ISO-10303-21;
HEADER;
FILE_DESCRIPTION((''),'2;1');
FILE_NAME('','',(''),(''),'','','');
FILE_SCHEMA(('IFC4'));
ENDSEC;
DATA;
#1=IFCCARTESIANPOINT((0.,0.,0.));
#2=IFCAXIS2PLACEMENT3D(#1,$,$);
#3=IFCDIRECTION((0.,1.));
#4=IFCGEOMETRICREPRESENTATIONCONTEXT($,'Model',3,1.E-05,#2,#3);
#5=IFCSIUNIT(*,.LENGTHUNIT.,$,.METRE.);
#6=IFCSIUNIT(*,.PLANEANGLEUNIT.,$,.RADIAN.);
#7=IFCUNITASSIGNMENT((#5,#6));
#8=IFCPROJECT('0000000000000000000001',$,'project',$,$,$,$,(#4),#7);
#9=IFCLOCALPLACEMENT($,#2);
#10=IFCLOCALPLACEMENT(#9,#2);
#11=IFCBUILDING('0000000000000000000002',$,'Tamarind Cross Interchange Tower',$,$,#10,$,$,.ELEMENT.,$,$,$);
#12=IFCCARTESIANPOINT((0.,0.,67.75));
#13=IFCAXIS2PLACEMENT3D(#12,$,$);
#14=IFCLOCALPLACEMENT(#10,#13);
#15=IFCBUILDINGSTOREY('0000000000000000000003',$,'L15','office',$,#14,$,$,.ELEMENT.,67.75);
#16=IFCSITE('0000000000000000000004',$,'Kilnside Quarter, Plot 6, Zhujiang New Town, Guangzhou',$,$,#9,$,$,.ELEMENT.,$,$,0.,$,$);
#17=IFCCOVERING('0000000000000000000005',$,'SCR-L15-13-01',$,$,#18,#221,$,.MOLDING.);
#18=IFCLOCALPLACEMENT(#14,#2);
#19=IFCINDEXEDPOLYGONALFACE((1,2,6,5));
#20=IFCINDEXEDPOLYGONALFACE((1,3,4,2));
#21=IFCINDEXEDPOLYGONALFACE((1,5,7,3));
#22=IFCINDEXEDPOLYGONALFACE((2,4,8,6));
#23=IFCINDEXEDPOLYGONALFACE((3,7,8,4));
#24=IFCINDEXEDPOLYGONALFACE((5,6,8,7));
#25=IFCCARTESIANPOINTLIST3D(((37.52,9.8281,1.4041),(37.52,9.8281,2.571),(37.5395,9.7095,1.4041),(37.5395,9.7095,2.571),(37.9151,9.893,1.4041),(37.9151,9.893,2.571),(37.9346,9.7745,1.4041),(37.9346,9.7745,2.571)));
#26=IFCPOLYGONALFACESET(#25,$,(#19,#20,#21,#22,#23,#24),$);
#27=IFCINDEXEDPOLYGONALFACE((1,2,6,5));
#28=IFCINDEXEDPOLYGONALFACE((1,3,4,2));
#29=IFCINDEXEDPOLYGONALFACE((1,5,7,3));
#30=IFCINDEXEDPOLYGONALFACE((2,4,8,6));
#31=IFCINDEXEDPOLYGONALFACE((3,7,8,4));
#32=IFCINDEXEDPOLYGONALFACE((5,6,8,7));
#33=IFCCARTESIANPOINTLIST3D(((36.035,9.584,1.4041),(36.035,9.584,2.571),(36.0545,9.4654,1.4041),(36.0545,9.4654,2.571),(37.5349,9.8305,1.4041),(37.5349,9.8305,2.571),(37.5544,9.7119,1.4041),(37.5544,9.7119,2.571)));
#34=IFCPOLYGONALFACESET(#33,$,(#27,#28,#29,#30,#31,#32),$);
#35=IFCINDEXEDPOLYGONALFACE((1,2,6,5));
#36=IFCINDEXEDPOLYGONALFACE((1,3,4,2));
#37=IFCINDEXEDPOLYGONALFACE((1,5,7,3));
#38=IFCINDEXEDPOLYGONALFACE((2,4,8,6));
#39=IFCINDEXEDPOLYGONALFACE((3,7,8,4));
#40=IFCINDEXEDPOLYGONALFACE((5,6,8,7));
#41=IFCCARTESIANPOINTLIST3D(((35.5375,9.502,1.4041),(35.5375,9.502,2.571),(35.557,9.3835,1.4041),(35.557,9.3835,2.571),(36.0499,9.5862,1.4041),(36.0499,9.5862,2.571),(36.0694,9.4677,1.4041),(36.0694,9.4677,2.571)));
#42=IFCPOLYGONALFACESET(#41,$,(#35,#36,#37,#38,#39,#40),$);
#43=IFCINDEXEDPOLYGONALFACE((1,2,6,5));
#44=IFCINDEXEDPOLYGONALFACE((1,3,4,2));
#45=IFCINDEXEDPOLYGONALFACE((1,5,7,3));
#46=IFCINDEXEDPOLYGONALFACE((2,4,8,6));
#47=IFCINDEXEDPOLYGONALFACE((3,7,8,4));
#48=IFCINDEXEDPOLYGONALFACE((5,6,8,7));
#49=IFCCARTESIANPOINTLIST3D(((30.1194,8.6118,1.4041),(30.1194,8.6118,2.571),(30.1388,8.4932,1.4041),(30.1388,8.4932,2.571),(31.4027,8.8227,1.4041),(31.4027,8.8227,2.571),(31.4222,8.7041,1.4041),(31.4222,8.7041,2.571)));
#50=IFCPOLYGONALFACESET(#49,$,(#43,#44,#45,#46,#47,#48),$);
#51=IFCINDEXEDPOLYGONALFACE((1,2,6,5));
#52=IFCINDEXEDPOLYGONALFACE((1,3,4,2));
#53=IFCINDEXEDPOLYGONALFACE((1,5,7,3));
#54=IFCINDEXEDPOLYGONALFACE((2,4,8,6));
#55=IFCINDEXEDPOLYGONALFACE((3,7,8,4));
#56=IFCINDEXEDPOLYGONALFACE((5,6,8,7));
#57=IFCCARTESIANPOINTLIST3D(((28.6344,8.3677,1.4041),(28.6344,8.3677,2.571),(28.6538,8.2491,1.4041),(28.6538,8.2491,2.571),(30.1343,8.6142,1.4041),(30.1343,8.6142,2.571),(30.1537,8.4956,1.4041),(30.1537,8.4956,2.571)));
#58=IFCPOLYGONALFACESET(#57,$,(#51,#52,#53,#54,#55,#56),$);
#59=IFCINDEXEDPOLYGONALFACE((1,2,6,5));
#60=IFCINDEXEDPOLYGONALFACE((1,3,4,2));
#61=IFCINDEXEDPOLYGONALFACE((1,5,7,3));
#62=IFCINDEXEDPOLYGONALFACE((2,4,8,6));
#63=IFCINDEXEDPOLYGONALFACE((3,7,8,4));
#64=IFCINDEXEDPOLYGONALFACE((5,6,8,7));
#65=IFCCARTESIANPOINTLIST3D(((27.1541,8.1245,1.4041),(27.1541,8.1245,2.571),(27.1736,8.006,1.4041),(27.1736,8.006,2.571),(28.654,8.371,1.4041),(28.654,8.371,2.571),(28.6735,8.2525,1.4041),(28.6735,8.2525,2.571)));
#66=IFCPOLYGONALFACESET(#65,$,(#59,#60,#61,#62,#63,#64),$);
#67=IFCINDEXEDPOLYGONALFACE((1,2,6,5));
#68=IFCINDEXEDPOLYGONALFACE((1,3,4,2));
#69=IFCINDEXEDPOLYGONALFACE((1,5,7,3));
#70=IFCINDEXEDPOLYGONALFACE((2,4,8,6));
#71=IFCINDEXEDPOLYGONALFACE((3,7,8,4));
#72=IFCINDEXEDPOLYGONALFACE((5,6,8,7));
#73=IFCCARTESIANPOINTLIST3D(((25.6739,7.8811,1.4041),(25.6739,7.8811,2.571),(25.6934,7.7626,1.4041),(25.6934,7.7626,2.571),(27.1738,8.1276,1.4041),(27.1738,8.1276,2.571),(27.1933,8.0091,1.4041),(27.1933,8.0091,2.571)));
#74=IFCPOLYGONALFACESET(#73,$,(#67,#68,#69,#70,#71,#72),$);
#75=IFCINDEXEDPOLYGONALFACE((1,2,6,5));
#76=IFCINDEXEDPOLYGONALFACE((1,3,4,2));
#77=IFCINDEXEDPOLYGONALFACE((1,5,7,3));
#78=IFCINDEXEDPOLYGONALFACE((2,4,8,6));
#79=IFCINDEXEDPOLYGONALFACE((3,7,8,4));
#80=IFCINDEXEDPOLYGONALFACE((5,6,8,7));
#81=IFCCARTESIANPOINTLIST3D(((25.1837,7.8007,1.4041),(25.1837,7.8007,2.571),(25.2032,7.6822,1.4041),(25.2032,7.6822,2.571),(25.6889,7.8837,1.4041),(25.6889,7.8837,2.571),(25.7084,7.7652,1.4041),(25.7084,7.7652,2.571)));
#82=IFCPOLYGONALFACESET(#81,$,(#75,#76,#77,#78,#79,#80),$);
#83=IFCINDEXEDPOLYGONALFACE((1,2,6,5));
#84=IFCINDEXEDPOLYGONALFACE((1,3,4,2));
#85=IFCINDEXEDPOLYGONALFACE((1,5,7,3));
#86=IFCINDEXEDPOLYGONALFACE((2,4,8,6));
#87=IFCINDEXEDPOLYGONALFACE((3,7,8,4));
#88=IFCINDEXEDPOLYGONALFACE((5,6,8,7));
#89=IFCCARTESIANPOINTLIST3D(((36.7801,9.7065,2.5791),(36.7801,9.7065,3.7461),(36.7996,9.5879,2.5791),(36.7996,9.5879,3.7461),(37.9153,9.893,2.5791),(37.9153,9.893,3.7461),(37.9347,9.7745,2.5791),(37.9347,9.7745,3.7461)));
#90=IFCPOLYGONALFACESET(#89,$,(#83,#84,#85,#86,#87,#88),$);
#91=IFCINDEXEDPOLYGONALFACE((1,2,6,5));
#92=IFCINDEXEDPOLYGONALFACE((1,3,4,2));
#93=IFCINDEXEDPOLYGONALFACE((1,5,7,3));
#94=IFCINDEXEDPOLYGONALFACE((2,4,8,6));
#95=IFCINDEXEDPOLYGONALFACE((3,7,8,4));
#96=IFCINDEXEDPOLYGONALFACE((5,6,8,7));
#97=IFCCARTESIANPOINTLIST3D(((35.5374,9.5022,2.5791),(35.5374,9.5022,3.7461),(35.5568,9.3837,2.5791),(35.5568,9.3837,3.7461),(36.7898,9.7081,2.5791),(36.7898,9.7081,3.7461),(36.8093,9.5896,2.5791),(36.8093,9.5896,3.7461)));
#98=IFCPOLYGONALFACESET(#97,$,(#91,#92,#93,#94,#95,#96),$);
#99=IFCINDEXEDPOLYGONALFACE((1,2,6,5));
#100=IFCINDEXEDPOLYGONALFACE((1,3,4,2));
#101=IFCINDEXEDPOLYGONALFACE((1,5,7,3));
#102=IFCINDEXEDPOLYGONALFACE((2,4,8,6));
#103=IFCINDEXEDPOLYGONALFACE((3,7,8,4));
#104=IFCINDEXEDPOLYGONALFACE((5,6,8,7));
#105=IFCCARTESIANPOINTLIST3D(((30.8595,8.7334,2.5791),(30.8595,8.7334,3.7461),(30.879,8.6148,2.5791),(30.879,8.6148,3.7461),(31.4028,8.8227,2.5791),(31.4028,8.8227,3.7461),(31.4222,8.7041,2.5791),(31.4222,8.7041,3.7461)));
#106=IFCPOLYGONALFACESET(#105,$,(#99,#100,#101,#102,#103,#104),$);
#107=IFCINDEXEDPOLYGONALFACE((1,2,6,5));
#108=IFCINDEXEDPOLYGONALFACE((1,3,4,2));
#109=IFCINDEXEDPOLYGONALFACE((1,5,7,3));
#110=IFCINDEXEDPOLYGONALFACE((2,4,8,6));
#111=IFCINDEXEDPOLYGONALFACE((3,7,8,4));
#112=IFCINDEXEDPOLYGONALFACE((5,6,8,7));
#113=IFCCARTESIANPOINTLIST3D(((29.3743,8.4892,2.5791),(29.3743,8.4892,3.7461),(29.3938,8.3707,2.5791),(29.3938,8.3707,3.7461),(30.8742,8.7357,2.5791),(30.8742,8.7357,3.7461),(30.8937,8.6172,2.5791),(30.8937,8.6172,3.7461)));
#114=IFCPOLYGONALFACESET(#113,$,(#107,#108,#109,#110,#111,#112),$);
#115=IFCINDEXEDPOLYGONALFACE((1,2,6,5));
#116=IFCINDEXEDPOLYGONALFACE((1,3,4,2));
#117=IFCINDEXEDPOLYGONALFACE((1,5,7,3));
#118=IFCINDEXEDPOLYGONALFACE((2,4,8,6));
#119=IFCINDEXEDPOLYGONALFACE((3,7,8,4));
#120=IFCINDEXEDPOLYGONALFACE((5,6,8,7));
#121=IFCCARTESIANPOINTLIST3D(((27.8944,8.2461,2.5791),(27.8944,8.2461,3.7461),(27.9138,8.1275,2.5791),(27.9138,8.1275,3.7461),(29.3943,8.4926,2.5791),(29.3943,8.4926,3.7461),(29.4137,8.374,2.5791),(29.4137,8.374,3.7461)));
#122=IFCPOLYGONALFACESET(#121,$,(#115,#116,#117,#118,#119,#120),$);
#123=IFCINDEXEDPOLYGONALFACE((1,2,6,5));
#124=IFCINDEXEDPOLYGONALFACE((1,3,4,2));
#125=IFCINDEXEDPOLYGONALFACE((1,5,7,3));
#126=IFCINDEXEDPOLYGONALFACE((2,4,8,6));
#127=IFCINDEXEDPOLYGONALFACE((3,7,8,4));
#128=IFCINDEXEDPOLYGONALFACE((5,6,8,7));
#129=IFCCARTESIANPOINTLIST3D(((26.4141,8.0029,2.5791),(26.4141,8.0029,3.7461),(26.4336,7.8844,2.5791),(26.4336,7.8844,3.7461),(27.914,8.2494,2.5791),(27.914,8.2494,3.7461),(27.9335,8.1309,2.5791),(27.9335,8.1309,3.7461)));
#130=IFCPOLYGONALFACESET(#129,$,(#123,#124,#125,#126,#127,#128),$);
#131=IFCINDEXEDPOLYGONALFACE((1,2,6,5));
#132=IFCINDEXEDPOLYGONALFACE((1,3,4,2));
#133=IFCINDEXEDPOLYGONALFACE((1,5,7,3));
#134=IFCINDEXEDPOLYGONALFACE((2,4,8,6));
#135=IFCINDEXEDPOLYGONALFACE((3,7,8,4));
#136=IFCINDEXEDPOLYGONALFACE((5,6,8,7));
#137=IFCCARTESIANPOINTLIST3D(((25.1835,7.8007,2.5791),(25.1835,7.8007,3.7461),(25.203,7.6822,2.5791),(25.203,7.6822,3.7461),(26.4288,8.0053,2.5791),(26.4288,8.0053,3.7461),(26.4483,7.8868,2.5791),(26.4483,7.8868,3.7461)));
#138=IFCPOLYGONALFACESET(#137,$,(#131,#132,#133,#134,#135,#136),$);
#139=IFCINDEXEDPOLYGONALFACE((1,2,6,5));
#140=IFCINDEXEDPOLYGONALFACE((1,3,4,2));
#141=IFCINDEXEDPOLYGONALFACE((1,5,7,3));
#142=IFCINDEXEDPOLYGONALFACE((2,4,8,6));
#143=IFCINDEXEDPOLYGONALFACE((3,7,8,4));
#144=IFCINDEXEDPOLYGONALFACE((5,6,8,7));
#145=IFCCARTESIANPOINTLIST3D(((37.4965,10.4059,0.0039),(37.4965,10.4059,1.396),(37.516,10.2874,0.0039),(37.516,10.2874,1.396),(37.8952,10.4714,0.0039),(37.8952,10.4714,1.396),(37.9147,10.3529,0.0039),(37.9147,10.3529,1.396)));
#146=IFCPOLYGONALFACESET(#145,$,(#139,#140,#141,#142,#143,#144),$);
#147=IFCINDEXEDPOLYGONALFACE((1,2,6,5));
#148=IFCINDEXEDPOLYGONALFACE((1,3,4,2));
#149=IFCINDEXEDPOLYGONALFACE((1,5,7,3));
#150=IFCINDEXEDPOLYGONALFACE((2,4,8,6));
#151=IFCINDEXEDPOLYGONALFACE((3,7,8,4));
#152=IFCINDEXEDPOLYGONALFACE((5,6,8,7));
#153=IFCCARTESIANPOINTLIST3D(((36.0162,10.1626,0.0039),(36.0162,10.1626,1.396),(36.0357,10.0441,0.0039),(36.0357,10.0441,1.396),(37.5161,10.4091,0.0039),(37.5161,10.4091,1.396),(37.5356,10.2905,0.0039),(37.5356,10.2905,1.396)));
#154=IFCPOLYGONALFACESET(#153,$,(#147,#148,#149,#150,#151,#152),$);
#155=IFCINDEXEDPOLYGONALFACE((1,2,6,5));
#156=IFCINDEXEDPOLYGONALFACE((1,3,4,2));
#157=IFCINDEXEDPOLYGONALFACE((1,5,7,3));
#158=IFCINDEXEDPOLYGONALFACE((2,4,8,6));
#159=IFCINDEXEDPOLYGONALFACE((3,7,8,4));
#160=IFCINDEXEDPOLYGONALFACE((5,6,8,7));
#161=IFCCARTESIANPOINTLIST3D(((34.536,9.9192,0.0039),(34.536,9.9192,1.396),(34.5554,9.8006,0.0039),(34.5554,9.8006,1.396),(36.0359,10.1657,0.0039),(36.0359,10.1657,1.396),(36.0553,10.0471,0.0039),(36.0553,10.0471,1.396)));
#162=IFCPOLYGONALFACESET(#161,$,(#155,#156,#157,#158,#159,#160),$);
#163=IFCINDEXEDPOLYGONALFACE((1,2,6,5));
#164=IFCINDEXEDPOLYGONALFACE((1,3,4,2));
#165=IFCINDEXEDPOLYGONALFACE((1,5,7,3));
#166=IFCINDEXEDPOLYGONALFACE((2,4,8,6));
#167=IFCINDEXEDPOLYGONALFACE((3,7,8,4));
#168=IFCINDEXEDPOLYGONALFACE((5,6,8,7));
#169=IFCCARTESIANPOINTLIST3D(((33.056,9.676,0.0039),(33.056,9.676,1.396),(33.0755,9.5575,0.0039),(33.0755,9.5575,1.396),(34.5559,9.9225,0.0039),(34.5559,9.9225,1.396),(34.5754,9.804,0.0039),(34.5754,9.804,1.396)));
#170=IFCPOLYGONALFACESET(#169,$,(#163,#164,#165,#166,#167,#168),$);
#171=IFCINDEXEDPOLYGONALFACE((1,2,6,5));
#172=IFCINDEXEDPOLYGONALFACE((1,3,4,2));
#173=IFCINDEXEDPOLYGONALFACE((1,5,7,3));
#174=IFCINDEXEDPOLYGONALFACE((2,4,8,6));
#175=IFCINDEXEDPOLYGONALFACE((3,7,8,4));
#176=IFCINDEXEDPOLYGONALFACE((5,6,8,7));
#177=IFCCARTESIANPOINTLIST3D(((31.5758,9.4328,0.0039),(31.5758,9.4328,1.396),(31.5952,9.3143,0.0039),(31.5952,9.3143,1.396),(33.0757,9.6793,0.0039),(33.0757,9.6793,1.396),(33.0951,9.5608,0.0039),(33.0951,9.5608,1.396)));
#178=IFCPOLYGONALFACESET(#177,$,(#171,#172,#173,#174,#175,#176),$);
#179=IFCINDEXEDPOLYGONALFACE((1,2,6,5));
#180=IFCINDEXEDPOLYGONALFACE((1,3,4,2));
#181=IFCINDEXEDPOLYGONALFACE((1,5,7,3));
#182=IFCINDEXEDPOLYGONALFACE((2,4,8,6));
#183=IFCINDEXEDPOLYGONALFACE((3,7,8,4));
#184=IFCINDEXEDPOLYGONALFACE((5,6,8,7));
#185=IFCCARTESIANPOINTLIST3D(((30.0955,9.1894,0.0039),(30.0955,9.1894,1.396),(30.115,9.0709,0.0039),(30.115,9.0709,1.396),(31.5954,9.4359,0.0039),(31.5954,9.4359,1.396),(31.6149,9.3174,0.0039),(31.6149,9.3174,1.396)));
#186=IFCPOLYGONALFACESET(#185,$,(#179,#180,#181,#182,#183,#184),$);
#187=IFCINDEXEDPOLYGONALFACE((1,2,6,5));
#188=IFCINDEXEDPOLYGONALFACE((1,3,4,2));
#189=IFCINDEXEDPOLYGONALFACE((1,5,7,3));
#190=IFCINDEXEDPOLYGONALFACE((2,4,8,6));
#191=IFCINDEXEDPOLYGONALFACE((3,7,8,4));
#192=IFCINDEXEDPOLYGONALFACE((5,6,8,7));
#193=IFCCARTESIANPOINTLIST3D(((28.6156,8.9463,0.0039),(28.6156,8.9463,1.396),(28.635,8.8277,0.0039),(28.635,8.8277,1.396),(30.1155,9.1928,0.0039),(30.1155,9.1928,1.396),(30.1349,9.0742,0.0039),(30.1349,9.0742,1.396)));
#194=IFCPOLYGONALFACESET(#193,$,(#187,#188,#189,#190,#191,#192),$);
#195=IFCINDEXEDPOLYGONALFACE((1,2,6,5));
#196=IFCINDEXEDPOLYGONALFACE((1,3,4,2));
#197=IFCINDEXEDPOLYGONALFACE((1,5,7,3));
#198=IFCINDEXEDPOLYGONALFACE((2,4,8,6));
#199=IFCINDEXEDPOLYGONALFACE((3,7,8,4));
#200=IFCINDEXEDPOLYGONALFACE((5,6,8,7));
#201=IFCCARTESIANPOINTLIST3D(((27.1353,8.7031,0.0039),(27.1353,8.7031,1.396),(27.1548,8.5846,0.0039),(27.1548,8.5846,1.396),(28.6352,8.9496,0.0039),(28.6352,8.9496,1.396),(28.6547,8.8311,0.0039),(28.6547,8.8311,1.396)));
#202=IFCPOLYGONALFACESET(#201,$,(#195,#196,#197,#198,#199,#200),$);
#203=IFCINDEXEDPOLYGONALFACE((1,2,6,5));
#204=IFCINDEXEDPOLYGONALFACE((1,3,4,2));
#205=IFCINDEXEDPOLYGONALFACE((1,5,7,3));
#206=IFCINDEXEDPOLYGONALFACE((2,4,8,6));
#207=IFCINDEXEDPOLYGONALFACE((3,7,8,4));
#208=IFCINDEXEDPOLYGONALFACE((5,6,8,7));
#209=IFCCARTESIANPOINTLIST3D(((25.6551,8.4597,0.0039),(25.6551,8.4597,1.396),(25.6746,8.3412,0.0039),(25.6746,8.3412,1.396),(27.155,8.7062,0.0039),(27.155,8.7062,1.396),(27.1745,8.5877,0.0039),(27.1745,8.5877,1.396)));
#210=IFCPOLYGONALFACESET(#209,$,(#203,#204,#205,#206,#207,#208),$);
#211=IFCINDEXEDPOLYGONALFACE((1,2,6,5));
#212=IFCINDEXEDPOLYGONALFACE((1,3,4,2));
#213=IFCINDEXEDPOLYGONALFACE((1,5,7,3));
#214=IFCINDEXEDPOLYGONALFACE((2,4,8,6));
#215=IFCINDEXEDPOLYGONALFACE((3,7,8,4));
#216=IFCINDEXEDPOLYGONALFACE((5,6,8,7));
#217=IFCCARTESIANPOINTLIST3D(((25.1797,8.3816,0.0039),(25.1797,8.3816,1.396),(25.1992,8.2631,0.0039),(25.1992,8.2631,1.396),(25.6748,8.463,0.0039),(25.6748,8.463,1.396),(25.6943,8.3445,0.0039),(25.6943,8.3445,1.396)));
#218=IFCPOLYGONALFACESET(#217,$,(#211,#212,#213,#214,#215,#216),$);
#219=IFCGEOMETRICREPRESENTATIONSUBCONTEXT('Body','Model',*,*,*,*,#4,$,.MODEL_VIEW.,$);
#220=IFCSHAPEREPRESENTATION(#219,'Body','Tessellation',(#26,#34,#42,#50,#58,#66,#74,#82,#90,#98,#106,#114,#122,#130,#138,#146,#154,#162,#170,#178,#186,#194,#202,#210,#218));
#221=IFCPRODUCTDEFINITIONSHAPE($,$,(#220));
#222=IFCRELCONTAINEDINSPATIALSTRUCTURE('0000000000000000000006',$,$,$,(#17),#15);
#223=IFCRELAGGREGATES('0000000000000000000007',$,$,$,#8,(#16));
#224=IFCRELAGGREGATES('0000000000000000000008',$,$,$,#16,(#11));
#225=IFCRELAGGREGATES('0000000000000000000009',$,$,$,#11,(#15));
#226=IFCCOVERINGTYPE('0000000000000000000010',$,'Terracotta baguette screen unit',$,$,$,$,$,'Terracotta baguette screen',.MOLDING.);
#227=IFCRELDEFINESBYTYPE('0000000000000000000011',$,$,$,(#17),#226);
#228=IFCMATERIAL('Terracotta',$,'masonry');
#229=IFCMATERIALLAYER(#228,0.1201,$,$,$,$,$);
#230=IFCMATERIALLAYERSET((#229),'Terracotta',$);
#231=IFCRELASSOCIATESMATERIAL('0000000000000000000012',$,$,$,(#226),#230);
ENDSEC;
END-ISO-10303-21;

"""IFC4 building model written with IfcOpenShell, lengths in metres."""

from ifc_helpers import new_model, si_unit, direction, frame, origin, origin_2d, place, context, subcontext, project, spatial, rectangle, extrude, material, layer, layer_set, type_object, element, save


model = new_model("IFC4")

# Units and contexts
model_context = context("Model", 3, precision=1e-05, world=origin(), true_north=direction((0.0, 1.0)))
body_context = subcontext(model_context, "Body", "Model", "MODEL_VIEW")
ifc_project = project(units=[si_unit("LENGTHUNIT", "METRE"), si_unit("PLANEANGLEUNIT", "RADIAN")], contexts=[model_context])

# Site, building, storey
site_placement = place(None, origin())
site = spatial("IfcSite", under=ifc_project, at=site_placement, Name="Kilnside Quarter, Plot 6, Zhujiang New Town, Guangzhou", CompositionType="ELEMENT", RefElevation=0.0)
building_placement = place(site_placement, origin())
building = spatial("IfcBuilding", under=site, at=building_placement, Name="Tamarind Cross Interchange Tower", CompositionType="ELEMENT")
storey_placement = place(building_placement, frame((0.0, 0.0, 67.75)))
storey = spatial("IfcBuildingStorey", under=building, at=storey_placement, Name="L15", Description="office", CompositionType="ELEMENT", Elevation=67.75)

# Covering
ifc_material_1 = material(Name="Terracotta", Category="masonry")
ifc_layer_1 = layer(ifc_material_1, 0.1201)
ifc_layer_set_1 = layer_set([ifc_layer_1], Name="Terracotta")
covering_type = type_object("IfcCoveringType", Name="Terracotta baguette screen unit", ElementType="Terracotta baguette screen", PredefinedType="MOLDING", material=ifc_layer_set_1)
covering_1_placement = place(storey_placement, origin())
element("IfcCovering", 1, at=covering_1_placement, inside=storey, type_object=covering_type, Name="SCR-L15-13-01", PredefinedType="MOLDING", context=body_context, shape_type="SweptSolid", body=[
    extrude(rectangle(XDim=0.4004, YDim=0.1201, at=origin_2d()), frame((37.7273, 9.8013, 1.4041), z_axis=(0.0, 0.0, 1.0), x_axis=(-0.986764, -0.162164, 0.0)), (0.0, 0.0, 1.0), 1.167),
    extrude(rectangle(XDim=1.52, YDim=0.1201, at=origin_2d()), frame((36.7947, 9.6479, 1.4041), z_axis=(0.0, 0.0, 1.0), x_axis=(-0.986764, -0.162164, 0.0)), (0.0, 0.0, 1.0), 1.167),
    extrude(rectangle(XDim=0.5193, YDim=0.1201, at=origin_2d()), frame((35.8035, 9.4849, 1.4041), z_axis=(0.0, 0.0, 1.0), x_axis=(-0.986764, -0.162164, 0.0)), (0.0, 0.0, 1.0), 1.167),
    extrude(rectangle(XDim=1.3005, YDim=0.1201, at=origin_2d()), frame((30.7708, 8.658, 1.4041), z_axis=(0.0, 0.0, 1.0), x_axis=(-0.986764, -0.162164, 0.0)), (0.0, 0.0, 1.0), 1.167),
    extrude(rectangle(XDim=1.52, YDim=0.1201, at=origin_2d()), frame((29.394, 8.4316, 1.4041), z_axis=(0.0, 0.0, 1.0), x_axis=(-0.986764, -0.162164, 0.0)), (0.0, 0.0, 1.0), 1.167),
    extrude(rectangle(XDim=1.52, YDim=0.1201, at=origin_2d()), frame((27.9138, 8.1885, 1.4041), z_axis=(0.0, 0.0, 1.0), x_axis=(-0.986764, -0.162164, 0.0)), (0.0, 0.0, 1.0), 1.167),
    extrude(rectangle(XDim=1.52, YDim=0.1201, at=origin_2d()), frame((26.4336, 7.9451, 1.4041), z_axis=(0.0, 0.0, 1.0), x_axis=(-0.986764, -0.162164, 0.0)), (0.0, 0.0, 1.0), 1.167),
    extrude(rectangle(XDim=0.512, YDim=0.1201, at=origin_2d()), frame((25.446, 7.783, 1.4041), z_axis=(0.0, 0.0, 1.0), x_axis=(-0.986764, -0.162164, 0.0)), (0.0, 0.0, 1.0), 1.167),
    extrude(rectangle(XDim=1.1504, YDim=0.1201, at=origin_2d()), frame((37.3574, 9.7405, 2.5791), z_axis=(0.0, 0.0, 1.0), x_axis=(-0.986764, -0.162164, 0.0)), (0.0, 0.0, 1.0), 1.167),
    extrude(rectangle(XDim=1.2693, YDim=0.1201, at=origin_2d()), frame((36.1733, 9.5459, 2.5791), z_axis=(0.0, 0.0, 1.0), x_axis=(-0.986764, -0.162164, 0.0)), (0.0, 0.0, 1.0), 1.167),
    extrude(rectangle(XDim=0.5505, YDim=0.1201, at=origin_2d()), frame((31.1409, 8.7188, 2.5791), z_axis=(0.0, 0.0, 1.0), x_axis=(-0.986764, -0.162164, 0.0)), (0.0, 0.0, 1.0), 1.167),
    extrude(rectangle(XDim=1.52, YDim=0.1201, at=origin_2d()), frame((30.134, 8.5532, 2.5791), z_axis=(0.0, 0.0, 1.0), x_axis=(-0.986764, -0.162164, 0.0)), (0.0, 0.0, 1.0), 1.167),
    extrude(rectangle(XDim=1.52, YDim=0.1201, at=origin_2d()), frame((28.6541, 8.3101, 2.5791), z_axis=(0.0, 0.0, 1.0), x_axis=(-0.986764, -0.162164, 0.0)), (0.0, 0.0, 1.0), 1.167),
    extrude(rectangle(XDim=1.52, YDim=0.1201, at=origin_2d()), frame((27.1738, 8.0669, 2.5791), z_axis=(0.0, 0.0, 1.0), x_axis=(-0.986764, -0.162164, 0.0)), (0.0, 0.0, 1.0), 1.167),
    extrude(rectangle(XDim=1.262, YDim=0.1201, at=origin_2d()), frame((25.8159, 7.8438, 2.5791), z_axis=(0.0, 0.0, 1.0), x_axis=(-0.986764, -0.162164, 0.0)), (0.0, 0.0, 1.0), 1.167),
    extrude(rectangle(XDim=0.4041, YDim=0.1201, at=origin_2d()), frame((37.7056, 10.3794, 0.0039), z_axis=(0.0, 0.0, 1.0), x_axis=(-0.986764, -0.162164, 0.0)), (0.0, 0.0, 1.0), 1.3921),
    extrude(rectangle(XDim=1.52, YDim=0.1201, at=origin_2d()), frame((36.7759, 10.2266, 0.0039), z_axis=(0.0, 0.0, 1.0), x_axis=(-0.986764, -0.162164, 0.0)), (0.0, 0.0, 1.0), 1.3921),
    extrude(rectangle(XDim=1.52, YDim=0.1201, at=origin_2d()), frame((35.2957, 9.9832, 0.0039), z_axis=(0.0, 0.0, 1.0), x_axis=(-0.986764, -0.162164, 0.0)), (0.0, 0.0, 1.0), 1.3921),
    extrude(rectangle(XDim=1.52, YDim=0.1201, at=origin_2d()), frame((33.8157, 9.74, 0.0039), z_axis=(0.0, 0.0, 1.0), x_axis=(-0.986764, -0.162164, 0.0)), (0.0, 0.0, 1.0), 1.3921),
    extrude(rectangle(XDim=1.52, YDim=0.1201, at=origin_2d()), frame((32.3354, 9.4968, 0.0039), z_axis=(0.0, 0.0, 1.0), x_axis=(-0.986764, -0.162164, 0.0)), (0.0, 0.0, 1.0), 1.3921),
    extrude(rectangle(XDim=1.52, YDim=0.1201, at=origin_2d()), frame((30.8552, 9.2534, 0.0039), z_axis=(0.0, 0.0, 1.0), x_axis=(-0.986764, -0.162164, 0.0)), (0.0, 0.0, 1.0), 1.3921),
    extrude(rectangle(XDim=1.52, YDim=0.1201, at=origin_2d()), frame((29.3752, 9.0103, 0.0039), z_axis=(0.0, 0.0, 1.0), x_axis=(-0.986764, -0.162164, 0.0)), (0.0, 0.0, 1.0), 1.3921),
    extrude(rectangle(XDim=1.52, YDim=0.1201, at=origin_2d()), frame((27.895, 8.7671, 0.0039), z_axis=(0.0, 0.0, 1.0), x_axis=(-0.986764, -0.162164, 0.0)), (0.0, 0.0, 1.0), 1.3921),
    extrude(rectangle(XDim=1.52, YDim=0.1201, at=origin_2d()), frame((26.4148, 8.5237, 0.0039), z_axis=(0.0, 0.0, 1.0), x_axis=(-0.986764, -0.162164, 0.0)), (0.0, 0.0, 1.0), 1.3921),
    extrude(rectangle(XDim=0.5017, YDim=0.1201, at=origin_2d()), frame((25.437, 8.363, 0.0039), z_axis=(0.0, 0.0, 1.0), x_axis=(-0.986764, -0.162164, 0.0)), (0.0, 0.0, 1.0), 1.3921),
])

save(model, "model.ifc")
